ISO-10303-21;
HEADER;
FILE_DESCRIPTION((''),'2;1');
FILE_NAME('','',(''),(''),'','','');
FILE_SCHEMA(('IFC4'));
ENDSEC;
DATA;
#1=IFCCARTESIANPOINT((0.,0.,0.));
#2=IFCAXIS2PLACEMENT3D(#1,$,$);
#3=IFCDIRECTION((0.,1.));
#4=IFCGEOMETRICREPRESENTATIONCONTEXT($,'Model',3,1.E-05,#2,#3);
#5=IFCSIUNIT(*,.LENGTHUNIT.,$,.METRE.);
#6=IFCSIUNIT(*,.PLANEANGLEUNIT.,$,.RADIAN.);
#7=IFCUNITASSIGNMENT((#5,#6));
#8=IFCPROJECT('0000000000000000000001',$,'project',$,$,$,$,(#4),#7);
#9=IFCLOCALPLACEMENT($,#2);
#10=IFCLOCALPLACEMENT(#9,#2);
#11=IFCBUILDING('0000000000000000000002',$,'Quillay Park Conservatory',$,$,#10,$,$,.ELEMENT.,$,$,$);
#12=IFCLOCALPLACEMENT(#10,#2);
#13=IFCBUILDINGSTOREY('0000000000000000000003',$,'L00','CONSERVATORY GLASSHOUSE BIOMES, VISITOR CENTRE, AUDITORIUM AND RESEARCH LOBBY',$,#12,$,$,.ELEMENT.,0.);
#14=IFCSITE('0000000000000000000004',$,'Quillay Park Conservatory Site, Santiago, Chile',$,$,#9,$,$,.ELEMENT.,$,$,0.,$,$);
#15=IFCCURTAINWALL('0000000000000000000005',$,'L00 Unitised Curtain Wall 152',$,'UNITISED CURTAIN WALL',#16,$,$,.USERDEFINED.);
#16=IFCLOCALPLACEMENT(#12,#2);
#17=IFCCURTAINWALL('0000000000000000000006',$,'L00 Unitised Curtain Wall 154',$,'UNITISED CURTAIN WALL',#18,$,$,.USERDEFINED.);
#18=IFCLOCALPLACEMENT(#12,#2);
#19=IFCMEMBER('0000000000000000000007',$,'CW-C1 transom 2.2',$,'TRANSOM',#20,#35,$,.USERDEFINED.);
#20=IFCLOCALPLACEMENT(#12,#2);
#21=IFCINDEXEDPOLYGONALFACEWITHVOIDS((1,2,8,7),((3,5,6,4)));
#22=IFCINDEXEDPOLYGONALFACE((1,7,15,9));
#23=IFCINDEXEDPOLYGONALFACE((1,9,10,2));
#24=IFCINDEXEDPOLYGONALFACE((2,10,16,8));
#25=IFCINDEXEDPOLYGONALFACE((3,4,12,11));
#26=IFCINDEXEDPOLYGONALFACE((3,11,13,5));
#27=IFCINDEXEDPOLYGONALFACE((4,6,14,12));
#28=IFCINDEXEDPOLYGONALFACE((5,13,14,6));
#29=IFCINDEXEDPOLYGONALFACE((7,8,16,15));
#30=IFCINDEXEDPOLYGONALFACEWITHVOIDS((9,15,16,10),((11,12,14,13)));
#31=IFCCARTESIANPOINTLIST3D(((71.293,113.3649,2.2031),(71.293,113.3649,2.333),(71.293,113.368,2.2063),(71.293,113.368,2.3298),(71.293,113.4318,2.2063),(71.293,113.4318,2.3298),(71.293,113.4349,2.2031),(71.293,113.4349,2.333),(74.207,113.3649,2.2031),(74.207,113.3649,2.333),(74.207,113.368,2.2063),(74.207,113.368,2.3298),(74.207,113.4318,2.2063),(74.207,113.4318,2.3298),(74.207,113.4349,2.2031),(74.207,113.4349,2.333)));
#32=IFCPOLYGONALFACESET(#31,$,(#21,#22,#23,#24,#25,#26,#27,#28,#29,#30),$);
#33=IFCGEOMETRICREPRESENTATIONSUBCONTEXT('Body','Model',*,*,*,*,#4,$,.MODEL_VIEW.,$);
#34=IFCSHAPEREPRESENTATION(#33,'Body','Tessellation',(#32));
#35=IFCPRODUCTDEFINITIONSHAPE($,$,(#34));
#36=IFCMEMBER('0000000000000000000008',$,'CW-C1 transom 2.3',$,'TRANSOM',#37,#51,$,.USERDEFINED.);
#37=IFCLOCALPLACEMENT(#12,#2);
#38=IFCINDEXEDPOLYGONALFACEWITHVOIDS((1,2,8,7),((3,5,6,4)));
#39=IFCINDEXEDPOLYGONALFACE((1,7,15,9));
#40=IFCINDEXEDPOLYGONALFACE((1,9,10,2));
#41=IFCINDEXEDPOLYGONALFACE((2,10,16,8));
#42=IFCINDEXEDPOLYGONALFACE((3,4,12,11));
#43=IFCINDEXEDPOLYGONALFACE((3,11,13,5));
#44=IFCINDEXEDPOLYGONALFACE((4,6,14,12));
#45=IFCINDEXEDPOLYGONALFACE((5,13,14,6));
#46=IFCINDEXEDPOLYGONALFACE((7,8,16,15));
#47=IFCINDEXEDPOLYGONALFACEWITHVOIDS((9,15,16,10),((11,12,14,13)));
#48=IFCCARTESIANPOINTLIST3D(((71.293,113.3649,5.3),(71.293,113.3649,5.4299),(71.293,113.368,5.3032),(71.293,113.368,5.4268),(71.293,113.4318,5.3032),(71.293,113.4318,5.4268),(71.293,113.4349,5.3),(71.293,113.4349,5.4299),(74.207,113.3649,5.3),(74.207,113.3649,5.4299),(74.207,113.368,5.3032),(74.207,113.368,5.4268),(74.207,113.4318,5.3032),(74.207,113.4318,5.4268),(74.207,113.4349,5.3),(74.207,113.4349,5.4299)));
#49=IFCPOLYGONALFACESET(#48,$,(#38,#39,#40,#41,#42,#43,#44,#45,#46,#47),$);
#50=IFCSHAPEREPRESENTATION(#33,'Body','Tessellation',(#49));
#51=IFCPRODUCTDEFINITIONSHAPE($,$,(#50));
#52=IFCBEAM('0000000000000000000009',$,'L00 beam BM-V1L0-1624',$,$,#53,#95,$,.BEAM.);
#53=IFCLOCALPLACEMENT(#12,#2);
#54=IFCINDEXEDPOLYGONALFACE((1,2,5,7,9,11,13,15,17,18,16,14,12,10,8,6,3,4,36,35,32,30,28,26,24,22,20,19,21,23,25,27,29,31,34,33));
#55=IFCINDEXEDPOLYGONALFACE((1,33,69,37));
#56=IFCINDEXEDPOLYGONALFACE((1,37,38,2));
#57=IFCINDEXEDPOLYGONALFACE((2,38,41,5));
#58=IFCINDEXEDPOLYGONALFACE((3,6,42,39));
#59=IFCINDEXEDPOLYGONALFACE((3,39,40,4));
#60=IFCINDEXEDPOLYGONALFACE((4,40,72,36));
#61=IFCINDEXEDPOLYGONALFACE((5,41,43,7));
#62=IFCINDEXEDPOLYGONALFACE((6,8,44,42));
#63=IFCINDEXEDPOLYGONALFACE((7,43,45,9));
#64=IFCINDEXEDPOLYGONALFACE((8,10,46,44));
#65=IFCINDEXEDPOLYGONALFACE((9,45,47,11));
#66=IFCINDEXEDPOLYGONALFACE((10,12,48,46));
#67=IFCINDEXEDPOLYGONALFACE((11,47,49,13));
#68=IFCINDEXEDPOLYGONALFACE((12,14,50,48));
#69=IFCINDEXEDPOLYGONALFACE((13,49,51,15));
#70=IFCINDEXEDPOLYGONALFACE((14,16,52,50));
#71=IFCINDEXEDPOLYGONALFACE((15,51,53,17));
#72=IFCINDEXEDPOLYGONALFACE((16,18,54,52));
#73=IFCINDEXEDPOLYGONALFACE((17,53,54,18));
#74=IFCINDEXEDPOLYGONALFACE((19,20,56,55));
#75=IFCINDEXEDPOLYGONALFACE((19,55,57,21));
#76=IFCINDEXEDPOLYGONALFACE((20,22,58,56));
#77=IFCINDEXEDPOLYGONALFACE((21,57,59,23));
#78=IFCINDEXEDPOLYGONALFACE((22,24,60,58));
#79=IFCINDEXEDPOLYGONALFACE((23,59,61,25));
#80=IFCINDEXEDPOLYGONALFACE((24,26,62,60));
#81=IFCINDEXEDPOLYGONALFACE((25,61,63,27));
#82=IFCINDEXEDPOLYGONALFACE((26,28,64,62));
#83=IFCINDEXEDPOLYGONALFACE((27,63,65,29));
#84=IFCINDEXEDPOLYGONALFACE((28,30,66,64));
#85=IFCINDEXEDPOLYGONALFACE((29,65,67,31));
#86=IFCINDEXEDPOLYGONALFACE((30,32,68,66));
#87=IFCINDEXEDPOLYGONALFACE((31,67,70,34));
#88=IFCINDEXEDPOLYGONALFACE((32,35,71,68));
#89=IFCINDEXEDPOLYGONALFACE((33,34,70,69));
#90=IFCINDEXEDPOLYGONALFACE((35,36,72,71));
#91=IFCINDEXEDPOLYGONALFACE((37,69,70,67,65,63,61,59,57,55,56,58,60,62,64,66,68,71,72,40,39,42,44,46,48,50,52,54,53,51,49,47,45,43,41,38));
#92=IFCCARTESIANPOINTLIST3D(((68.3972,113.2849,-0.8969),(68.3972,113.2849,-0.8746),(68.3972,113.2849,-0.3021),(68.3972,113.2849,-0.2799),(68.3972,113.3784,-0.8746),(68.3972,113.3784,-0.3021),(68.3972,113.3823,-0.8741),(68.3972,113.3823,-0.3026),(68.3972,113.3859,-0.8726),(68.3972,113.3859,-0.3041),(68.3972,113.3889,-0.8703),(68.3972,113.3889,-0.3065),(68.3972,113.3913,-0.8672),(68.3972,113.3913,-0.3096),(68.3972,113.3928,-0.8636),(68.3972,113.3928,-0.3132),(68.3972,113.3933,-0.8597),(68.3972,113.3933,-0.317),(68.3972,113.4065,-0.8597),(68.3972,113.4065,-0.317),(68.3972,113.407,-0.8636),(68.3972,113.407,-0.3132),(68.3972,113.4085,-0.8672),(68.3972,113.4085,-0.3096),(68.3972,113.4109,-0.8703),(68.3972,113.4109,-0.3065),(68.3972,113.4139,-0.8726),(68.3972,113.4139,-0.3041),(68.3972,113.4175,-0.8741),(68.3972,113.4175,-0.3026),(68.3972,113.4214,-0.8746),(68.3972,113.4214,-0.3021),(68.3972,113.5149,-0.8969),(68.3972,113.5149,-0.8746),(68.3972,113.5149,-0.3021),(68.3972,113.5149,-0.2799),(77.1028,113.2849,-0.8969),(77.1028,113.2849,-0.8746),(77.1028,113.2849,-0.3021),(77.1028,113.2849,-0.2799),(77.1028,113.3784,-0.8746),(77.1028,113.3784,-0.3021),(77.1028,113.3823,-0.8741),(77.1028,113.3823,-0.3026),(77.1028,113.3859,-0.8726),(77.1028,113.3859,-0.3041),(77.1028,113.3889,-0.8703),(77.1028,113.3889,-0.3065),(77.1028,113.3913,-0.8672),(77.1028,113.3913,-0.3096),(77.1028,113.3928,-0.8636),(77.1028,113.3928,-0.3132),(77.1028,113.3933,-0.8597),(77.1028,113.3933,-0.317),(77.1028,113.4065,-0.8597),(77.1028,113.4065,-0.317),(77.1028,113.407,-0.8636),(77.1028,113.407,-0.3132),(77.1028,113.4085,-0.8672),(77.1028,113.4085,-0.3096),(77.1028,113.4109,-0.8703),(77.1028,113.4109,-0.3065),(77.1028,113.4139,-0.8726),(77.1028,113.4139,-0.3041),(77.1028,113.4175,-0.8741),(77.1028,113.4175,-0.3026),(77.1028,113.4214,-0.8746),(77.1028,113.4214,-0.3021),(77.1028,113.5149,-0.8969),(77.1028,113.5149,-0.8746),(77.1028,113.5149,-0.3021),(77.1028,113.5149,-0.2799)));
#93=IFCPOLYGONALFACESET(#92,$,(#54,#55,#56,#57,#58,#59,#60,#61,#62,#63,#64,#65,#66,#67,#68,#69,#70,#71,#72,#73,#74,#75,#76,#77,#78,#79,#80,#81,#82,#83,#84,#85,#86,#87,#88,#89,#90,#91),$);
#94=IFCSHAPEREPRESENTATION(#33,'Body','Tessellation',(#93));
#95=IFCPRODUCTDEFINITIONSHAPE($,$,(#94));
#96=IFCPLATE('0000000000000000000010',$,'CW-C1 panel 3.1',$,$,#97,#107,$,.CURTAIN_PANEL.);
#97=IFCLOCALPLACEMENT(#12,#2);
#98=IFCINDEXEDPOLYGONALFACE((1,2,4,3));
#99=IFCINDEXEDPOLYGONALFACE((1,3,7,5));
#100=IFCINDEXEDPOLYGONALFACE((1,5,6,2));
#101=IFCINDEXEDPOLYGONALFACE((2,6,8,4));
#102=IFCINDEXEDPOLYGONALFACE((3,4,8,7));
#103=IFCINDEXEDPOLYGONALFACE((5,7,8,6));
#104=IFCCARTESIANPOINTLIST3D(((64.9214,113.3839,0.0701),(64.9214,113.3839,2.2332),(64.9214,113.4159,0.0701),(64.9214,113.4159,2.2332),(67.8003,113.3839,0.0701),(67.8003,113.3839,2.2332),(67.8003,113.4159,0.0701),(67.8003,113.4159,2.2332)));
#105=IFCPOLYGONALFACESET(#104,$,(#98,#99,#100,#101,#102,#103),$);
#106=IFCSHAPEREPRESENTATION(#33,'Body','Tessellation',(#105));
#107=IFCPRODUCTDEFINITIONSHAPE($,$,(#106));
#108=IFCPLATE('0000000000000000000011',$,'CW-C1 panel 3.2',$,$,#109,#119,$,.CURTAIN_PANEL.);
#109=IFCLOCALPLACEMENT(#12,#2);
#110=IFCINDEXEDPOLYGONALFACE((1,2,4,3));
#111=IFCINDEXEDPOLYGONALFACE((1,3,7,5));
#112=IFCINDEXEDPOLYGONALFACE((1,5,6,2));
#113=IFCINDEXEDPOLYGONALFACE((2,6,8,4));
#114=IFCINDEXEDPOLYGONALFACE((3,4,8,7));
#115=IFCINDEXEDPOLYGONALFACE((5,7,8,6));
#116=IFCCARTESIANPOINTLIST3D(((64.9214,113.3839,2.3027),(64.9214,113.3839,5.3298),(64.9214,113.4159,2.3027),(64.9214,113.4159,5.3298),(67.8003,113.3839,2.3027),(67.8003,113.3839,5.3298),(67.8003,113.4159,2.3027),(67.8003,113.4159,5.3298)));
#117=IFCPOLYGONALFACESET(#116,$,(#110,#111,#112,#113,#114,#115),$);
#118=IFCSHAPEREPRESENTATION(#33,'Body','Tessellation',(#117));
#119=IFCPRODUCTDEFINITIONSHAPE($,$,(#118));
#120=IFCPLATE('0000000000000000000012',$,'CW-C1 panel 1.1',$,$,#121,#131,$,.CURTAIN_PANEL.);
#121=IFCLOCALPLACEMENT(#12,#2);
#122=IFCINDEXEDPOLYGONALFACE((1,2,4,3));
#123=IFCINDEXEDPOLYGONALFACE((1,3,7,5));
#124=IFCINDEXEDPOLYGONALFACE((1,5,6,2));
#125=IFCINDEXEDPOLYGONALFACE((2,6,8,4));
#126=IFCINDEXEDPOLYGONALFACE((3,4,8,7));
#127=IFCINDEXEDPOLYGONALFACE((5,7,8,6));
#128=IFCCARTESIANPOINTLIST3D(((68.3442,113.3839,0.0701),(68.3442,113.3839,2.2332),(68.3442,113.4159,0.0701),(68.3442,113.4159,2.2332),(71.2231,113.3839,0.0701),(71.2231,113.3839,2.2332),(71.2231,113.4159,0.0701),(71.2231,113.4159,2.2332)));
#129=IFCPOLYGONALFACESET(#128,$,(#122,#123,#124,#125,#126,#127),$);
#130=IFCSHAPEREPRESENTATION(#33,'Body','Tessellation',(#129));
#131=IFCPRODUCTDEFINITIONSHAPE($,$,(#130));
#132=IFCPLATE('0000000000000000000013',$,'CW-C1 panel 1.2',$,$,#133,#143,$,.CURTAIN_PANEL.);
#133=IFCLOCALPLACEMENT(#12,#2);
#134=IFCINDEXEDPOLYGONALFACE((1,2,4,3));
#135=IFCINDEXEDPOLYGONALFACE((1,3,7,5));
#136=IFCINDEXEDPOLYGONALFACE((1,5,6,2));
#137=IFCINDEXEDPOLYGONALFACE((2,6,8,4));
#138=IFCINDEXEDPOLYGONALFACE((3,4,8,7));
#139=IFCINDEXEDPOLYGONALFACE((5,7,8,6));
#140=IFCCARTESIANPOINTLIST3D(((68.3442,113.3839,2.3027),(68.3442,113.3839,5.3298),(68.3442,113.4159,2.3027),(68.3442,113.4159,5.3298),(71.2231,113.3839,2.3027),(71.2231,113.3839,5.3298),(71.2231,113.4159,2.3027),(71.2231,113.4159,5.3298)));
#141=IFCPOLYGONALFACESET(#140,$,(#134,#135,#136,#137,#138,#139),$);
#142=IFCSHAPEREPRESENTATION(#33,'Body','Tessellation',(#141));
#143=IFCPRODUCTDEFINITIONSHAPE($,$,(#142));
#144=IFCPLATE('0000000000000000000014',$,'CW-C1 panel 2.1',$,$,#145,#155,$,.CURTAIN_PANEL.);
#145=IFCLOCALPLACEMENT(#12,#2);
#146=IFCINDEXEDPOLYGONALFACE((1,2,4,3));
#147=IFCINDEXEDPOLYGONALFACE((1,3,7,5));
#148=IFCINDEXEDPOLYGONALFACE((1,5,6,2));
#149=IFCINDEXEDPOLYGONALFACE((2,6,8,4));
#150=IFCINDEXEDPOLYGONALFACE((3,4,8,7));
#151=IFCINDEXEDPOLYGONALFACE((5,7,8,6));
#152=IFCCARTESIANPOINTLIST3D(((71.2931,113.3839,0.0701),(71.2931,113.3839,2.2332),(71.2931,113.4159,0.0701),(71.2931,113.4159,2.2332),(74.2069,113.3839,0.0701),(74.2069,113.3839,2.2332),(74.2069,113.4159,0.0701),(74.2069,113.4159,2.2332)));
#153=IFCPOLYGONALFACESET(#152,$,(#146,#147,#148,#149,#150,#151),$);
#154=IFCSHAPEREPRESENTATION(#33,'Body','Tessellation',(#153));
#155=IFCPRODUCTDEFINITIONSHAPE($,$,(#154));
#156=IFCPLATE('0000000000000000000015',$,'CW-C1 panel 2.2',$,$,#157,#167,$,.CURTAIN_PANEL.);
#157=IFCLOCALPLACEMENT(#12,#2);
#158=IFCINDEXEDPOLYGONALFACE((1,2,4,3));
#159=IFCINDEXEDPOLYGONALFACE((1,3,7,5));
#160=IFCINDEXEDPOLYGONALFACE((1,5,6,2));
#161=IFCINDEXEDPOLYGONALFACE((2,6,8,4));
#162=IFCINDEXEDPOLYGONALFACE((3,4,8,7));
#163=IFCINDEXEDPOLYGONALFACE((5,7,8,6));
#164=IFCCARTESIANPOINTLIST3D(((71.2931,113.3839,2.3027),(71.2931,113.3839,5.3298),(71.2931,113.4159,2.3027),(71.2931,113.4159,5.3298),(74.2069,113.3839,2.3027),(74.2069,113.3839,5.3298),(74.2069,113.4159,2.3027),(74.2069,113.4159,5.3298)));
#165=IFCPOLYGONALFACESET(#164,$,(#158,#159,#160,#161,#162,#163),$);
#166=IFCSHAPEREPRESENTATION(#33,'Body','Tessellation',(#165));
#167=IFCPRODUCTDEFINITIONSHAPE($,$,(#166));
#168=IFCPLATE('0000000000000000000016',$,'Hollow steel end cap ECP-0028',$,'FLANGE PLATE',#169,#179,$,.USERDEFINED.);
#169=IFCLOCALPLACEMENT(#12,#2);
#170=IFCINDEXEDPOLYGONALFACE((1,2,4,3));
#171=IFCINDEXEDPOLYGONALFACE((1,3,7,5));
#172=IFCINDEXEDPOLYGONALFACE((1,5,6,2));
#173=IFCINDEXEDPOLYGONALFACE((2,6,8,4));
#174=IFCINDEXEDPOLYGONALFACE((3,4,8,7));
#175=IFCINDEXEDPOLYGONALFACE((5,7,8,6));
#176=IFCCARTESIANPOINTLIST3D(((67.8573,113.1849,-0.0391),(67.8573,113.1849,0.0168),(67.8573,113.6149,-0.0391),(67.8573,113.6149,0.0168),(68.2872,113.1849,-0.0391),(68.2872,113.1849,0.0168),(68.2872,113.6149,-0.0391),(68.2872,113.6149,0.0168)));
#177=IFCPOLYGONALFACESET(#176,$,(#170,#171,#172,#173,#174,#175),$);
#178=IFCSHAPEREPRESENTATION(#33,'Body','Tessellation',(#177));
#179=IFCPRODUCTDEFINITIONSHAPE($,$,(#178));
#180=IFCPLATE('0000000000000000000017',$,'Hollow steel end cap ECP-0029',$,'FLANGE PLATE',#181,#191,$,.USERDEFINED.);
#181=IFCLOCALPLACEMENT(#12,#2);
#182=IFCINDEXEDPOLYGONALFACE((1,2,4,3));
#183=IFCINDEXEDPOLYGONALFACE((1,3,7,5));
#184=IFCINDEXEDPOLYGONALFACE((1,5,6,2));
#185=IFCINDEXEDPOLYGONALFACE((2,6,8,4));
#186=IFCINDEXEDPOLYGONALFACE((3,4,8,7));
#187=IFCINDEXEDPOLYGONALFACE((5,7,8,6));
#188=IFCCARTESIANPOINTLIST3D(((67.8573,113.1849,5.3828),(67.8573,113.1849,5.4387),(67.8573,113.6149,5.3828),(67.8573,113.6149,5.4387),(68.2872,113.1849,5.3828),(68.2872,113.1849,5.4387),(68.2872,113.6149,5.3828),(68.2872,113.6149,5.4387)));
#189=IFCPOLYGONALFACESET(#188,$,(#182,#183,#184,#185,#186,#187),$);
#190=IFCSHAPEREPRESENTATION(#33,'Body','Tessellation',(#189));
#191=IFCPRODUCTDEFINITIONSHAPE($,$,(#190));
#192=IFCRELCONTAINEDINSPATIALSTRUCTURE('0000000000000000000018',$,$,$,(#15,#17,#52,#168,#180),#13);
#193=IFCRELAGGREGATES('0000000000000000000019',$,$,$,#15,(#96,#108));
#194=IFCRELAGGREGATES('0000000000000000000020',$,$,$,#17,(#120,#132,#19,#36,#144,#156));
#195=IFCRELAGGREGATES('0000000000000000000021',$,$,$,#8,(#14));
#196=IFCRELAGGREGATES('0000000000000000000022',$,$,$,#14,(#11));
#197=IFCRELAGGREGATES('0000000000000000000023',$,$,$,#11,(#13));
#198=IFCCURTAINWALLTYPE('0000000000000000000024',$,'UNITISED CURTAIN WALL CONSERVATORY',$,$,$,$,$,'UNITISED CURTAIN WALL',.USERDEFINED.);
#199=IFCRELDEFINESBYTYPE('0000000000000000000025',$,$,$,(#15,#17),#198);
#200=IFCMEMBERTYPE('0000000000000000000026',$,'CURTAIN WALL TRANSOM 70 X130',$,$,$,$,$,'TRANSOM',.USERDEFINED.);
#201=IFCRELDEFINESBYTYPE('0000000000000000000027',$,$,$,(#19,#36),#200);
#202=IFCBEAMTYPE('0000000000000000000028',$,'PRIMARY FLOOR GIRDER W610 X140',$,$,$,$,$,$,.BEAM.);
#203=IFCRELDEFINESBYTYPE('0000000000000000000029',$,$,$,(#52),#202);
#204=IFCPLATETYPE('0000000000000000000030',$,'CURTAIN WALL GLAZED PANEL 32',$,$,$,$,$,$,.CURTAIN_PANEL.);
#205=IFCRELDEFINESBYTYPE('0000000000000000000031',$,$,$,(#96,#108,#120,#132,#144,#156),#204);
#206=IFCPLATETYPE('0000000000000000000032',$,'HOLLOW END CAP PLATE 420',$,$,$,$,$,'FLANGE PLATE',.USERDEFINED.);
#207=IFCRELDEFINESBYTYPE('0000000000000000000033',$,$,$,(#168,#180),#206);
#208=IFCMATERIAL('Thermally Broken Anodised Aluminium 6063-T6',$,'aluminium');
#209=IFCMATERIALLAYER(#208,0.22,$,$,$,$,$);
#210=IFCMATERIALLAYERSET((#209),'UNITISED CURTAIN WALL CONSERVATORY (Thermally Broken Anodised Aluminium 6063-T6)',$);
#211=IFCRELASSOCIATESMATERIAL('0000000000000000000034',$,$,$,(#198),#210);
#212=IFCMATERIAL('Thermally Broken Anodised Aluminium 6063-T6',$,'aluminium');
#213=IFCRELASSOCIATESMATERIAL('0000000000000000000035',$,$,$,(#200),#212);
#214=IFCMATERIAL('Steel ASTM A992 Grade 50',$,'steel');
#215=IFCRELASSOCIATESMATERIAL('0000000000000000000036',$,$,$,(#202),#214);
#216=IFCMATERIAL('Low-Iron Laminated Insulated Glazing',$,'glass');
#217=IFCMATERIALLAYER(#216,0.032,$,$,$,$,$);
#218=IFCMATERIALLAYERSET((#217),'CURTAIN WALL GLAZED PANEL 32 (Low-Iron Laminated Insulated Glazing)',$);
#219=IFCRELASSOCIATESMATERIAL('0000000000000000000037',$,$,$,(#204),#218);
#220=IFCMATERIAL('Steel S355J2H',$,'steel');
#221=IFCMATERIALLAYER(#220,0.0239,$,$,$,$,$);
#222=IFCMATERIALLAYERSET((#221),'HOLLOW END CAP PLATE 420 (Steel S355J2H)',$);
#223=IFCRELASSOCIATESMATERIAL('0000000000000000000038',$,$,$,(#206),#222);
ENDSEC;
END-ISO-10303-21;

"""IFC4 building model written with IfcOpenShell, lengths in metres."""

from ifc_helpers import new_model, si_unit, direction, frame, origin, origin_2d, place, context, subcontext, project, spatial, rectangle, hollow_rectangle, i_section, extrude, material, layer, layer_set, material_profile, profile_set, type_object, element, aggregate, save


model = new_model("IFC4")

# Units and contexts
model_context = context("Model", 3, precision=1e-05, world=origin(), true_north=direction((0.0, 1.0)))
body_context = subcontext(model_context, "Body", "Model", "MODEL_VIEW")
ifc_project = project(units=[si_unit("LENGTHUNIT", "METRE"), si_unit("PLANEANGLEUNIT", "RADIAN")], contexts=[model_context])

# Site, building, storey
site_placement = place(None, origin())
site = spatial("IfcSite", under=ifc_project, at=site_placement, Name="Quillay Park Conservatory Site, Santiago, Chile", CompositionType="ELEMENT", RefElevation=0.0)
building_placement = place(site_placement, origin())
building = spatial("IfcBuilding", under=site, at=building_placement, Name="Quillay Park Conservatory", CompositionType="ELEMENT")
storey_placement = place(building_placement, origin())
storey = spatial("IfcBuildingStorey", under=building, at=storey_placement, Name="L00", Description="CONSERVATORY GLASSHOUSE BIOMES, VISITOR CENTRE, AUDITORIUM AND RESEARCH LOBBY", CompositionType="ELEMENT", Elevation=0.0)

# Curtain wall
ifc_material_1 = material(Name="Thermally Broken Anodised Aluminium 6063-T6", Category="aluminium")
ifc_layer_1 = layer(ifc_material_1, 0.22)
ifc_layer_set_1 = layer_set([ifc_layer_1], Name="UNITISED CURTAIN WALL CONSERVATORY (Thermally Broken Anodised Aluminium 6063-T6)")
curtain_wall_type = type_object("IfcCurtainWallType", Name="UNITISED CURTAIN WALL CONSERVATORY", ElementType="UNITISED CURTAIN WALL", PredefinedType="USERDEFINED", material=ifc_layer_set_1)
curtain_wall_1_placement = place(storey_placement, origin())
curtain_wall_1 = element("IfcCurtainWall", 1, at=curtain_wall_1_placement, inside=storey, type_object=curtain_wall_type, Name="L00 Unitised Curtain Wall 152", ObjectType="UNITISED CURTAIN WALL", PredefinedType="USERDEFINED")

# Curtain wall, members
curtain_wall_2_placement = place(storey_placement, origin())
curtain_wall_2 = element("IfcCurtainWall", 2, at=curtain_wall_2_placement, inside=storey, type_object=curtain_wall_type, Name="L00 Unitised Curtain Wall 154", ObjectType="UNITISED CURTAIN WALL", PredefinedType="USERDEFINED")
ifc_material_2 = material(Name="Thermally Broken Anodised Aluminium 6063-T6", Category="aluminium")
ifc_material_profile_1 = material_profile(ifc_material_2, hollow_rectangle(XDim=0.0701, YDim=0.1299, WallThickness=0.0032, at=origin_2d()), Name="AL70x130x3.2")
ifc_profile_set_1 = profile_set([ifc_material_profile_1], Name="Thermally Broken Anodised Aluminium 6063-T6")
member_type_1 = type_object("IfcMemberType", Name="CURTAIN WALL TRANSOM 70 X130", ElementType="TRANSOM", PredefinedType="USERDEFINED", material=ifc_profile_set_1)
member_1_placement = place(storey_placement, frame((71.293, 113.3999, 2.2681), z_axis=(1.0, 0.0, 0.0), x_axis=(0.0, 1.0, 0.0)))
member_1 = element("IfcMember", 3, at=member_1_placement, type_object=member_type_1, Name="CW-C1 transom 2.2", ObjectType="TRANSOM", PredefinedType="USERDEFINED", context=body_context, shape_type="SweptSolid", body=[
    extrude(hollow_rectangle(XDim=0.0701, YDim=0.1299, WallThickness=0.0032, at=origin_2d()), origin(), (0.0, 0.0, 1.0), 2.9141),
])
member_2_placement = place(storey_placement, frame((71.293, 113.3999, 5.365), z_axis=(1.0, 0.0, 0.0), x_axis=(0.0, 1.0, 0.0)))
member_2 = element("IfcMember", 4, at=member_2_placement, type_object=member_type_1, Name="CW-C1 transom 2.3", ObjectType="TRANSOM", PredefinedType="USERDEFINED", context=body_context, shape_type="SweptSolid", body=[
    extrude(hollow_rectangle(XDim=0.0701, YDim=0.1299, WallThickness=0.0032, at=origin_2d()), origin(), (0.0, 0.0, 1.0), 2.9141),
])

# Beam
ifc_material_3 = material(Name="Steel ASTM A992 Grade 50", Category="steel")
ifc_material_profile_2 = material_profile(ifc_material_3, i_section(OverallWidth=0.23, OverallDepth=0.6169, WebThickness=0.0132, FlangeThickness=0.0222, FilletRadius=0.0149, at=origin_2d()), Name="W610x140")
ifc_profile_set_2 = profile_set([ifc_material_profile_2], Name="Steel ASTM A992 Grade 50")
beam_type = type_object("IfcBeamType", Name="PRIMARY FLOOR GIRDER W610 X140", PredefinedType="BEAM", material=ifc_profile_set_2)
beam_placement = place(storey_placement, frame((68.3972, 113.3999, -0.5884), z_axis=(1.0, 0.0, 0.0), x_axis=(0.0, 1.0, 0.0)))
element("IfcBeam", 5, at=beam_placement, inside=storey, type_object=beam_type, Name="L00 beam BM-V1L0-1624", PredefinedType="BEAM", context=body_context, shape_type="SweptSolid", body=[
    extrude(i_section(OverallWidth=0.23, OverallDepth=0.6169, WebThickness=0.0132, FlangeThickness=0.0222, FilletRadius=0.0149, at=origin_2d()), origin(), (0.0, 0.0, 1.0), 8.7056),
])

# Plates
ifc_material_4 = material(Name="Low-Iron Laminated Insulated Glazing", Category="glass")
ifc_layer_2 = layer(ifc_material_4, 0.032)
ifc_layer_set_2 = layer_set([ifc_layer_2], Name="CURTAIN WALL GLAZED PANEL 32 (Low-Iron Laminated Insulated Glazing)")
plate_type_1 = type_object("IfcPlateType", Name="CURTAIN WALL GLAZED PANEL 32", PredefinedType="CURTAIN_PANEL", material=ifc_layer_set_2)
plate_1_placement = place(storey_placement, frame((66.3608, 113.3999, 0.0701), z_axis=(0.0, 0.0, 1.0), x_axis=(1.0, 0.0, 0.0)))
plate_1 = element("IfcPlate", 6, at=plate_1_placement, type_object=plate_type_1, Name="CW-C1 panel 3.1", PredefinedType="CURTAIN_PANEL", context=body_context, shape_type="SweptSolid", body=[
    extrude(rectangle(XDim=2.8789, YDim=0.032, at=origin_2d()), origin(), (0.0, 0.0, 1.0), 2.1631),
])
plate_2_placement = place(storey_placement, frame((66.3608, 113.3999, 2.3027), z_axis=(0.0, 0.0, 1.0), x_axis=(1.0, 0.0, 0.0)))
plate_2 = element("IfcPlate", 7, at=plate_2_placement, type_object=plate_type_1, Name="CW-C1 panel 3.2", PredefinedType="CURTAIN_PANEL", context=body_context, shape_type="SweptSolid", body=[
    extrude(rectangle(XDim=2.8789, YDim=0.032, at=origin_2d()), origin(), (0.0, 0.0, 1.0), 3.0271),
])
aggregate(curtain_wall_1, [plate_1, plate_2])
plate_3_placement = place(storey_placement, frame((69.7837, 113.3999, 0.0701), z_axis=(0.0, 0.0, 1.0), x_axis=(1.0, 0.0, 0.0)))
plate_3 = element("IfcPlate", 8, at=plate_3_placement, type_object=plate_type_1, Name="CW-C1 panel 1.1", PredefinedType="CURTAIN_PANEL", context=body_context, shape_type="SweptSolid", body=[
    extrude(rectangle(XDim=2.8789, YDim=0.032, at=origin_2d()), origin(), (0.0, 0.0, 1.0), 2.1631),
])
plate_4_placement = place(storey_placement, frame((69.7837, 113.3999, 2.3027), z_axis=(0.0, 0.0, 1.0), x_axis=(1.0, 0.0, 0.0)))
plate_4 = element("IfcPlate", 9, at=plate_4_placement, type_object=plate_type_1, Name="CW-C1 panel 1.2", PredefinedType="CURTAIN_PANEL", context=body_context, shape_type="SweptSolid", body=[
    extrude(rectangle(XDim=2.8789, YDim=0.032, at=origin_2d()), origin(), (0.0, 0.0, 1.0), 3.0271),
])
plate_5_placement = place(storey_placement, frame((72.75, 113.3999, 0.0701), z_axis=(0.0, 0.0, 1.0), x_axis=(1.0, 0.0, 0.0)))
plate_5 = element("IfcPlate", 10, at=plate_5_placement, type_object=plate_type_1, Name="CW-C1 panel 2.1", PredefinedType="CURTAIN_PANEL", context=body_context, shape_type="SweptSolid", body=[
    extrude(rectangle(XDim=2.9138, YDim=0.032, at=origin_2d()), origin(), (0.0, 0.0, 1.0), 2.1631),
])
plate_6_placement = place(storey_placement, frame((72.75, 113.3999, 2.3027), z_axis=(0.0, 0.0, 1.0), x_axis=(1.0, 0.0, 0.0)))
plate_6 = element("IfcPlate", 11, at=plate_6_placement, type_object=plate_type_1, Name="CW-C1 panel 2.2", PredefinedType="CURTAIN_PANEL", context=body_context, shape_type="SweptSolid", body=[
    extrude(rectangle(XDim=2.9138, YDim=0.032, at=origin_2d()), origin(), (0.0, 0.0, 1.0), 3.0271),
])
aggregate(curtain_wall_2, [plate_3, plate_4, member_1, member_2, plate_5, plate_6])

# Plates
ifc_material_5 = material(Name="Steel S355J2H", Category="steel")
ifc_layer_3 = layer(ifc_material_5, 0.0239)
ifc_layer_set_3 = layer_set([ifc_layer_3], Name="HOLLOW END CAP PLATE 420 (Steel S355J2H)")
plate_type_2 = type_object("IfcPlateType", Name="HOLLOW END CAP PLATE 420", ElementType="FLANGE PLATE", PredefinedType="USERDEFINED", material=ifc_layer_set_3)
for number, where, z_axis, x_axis, name in (
    (12, (68.0723, 113.3999, -0.0391), (0.0, 0.0, 1.0), (1.0, 0.0, 0.0), "Hollow steel end cap ECP-0028"),
    (13, (68.0723, 113.3999, 5.3828), (0.0, 0.0, 1.0), (1.0, 0.0, 0.0), "Hollow steel end cap ECP-0029"),
):
    element("IfcPlate", number, at=place(storey_placement, frame(where, z_axis=z_axis, x_axis=x_axis)), inside=storey, type_object=plate_type_2, Name=name, ObjectType="FLANGE PLATE", PredefinedType="USERDEFINED", context=body_context, shape_type="SweptSolid", body=[
        extrude(rectangle(XDim=0.4299, YDim=0.4299, at=origin_2d()), origin(), (0.0, 0.0, 1.0), 0.0559),
    ])

save(model, "model.ifc")
